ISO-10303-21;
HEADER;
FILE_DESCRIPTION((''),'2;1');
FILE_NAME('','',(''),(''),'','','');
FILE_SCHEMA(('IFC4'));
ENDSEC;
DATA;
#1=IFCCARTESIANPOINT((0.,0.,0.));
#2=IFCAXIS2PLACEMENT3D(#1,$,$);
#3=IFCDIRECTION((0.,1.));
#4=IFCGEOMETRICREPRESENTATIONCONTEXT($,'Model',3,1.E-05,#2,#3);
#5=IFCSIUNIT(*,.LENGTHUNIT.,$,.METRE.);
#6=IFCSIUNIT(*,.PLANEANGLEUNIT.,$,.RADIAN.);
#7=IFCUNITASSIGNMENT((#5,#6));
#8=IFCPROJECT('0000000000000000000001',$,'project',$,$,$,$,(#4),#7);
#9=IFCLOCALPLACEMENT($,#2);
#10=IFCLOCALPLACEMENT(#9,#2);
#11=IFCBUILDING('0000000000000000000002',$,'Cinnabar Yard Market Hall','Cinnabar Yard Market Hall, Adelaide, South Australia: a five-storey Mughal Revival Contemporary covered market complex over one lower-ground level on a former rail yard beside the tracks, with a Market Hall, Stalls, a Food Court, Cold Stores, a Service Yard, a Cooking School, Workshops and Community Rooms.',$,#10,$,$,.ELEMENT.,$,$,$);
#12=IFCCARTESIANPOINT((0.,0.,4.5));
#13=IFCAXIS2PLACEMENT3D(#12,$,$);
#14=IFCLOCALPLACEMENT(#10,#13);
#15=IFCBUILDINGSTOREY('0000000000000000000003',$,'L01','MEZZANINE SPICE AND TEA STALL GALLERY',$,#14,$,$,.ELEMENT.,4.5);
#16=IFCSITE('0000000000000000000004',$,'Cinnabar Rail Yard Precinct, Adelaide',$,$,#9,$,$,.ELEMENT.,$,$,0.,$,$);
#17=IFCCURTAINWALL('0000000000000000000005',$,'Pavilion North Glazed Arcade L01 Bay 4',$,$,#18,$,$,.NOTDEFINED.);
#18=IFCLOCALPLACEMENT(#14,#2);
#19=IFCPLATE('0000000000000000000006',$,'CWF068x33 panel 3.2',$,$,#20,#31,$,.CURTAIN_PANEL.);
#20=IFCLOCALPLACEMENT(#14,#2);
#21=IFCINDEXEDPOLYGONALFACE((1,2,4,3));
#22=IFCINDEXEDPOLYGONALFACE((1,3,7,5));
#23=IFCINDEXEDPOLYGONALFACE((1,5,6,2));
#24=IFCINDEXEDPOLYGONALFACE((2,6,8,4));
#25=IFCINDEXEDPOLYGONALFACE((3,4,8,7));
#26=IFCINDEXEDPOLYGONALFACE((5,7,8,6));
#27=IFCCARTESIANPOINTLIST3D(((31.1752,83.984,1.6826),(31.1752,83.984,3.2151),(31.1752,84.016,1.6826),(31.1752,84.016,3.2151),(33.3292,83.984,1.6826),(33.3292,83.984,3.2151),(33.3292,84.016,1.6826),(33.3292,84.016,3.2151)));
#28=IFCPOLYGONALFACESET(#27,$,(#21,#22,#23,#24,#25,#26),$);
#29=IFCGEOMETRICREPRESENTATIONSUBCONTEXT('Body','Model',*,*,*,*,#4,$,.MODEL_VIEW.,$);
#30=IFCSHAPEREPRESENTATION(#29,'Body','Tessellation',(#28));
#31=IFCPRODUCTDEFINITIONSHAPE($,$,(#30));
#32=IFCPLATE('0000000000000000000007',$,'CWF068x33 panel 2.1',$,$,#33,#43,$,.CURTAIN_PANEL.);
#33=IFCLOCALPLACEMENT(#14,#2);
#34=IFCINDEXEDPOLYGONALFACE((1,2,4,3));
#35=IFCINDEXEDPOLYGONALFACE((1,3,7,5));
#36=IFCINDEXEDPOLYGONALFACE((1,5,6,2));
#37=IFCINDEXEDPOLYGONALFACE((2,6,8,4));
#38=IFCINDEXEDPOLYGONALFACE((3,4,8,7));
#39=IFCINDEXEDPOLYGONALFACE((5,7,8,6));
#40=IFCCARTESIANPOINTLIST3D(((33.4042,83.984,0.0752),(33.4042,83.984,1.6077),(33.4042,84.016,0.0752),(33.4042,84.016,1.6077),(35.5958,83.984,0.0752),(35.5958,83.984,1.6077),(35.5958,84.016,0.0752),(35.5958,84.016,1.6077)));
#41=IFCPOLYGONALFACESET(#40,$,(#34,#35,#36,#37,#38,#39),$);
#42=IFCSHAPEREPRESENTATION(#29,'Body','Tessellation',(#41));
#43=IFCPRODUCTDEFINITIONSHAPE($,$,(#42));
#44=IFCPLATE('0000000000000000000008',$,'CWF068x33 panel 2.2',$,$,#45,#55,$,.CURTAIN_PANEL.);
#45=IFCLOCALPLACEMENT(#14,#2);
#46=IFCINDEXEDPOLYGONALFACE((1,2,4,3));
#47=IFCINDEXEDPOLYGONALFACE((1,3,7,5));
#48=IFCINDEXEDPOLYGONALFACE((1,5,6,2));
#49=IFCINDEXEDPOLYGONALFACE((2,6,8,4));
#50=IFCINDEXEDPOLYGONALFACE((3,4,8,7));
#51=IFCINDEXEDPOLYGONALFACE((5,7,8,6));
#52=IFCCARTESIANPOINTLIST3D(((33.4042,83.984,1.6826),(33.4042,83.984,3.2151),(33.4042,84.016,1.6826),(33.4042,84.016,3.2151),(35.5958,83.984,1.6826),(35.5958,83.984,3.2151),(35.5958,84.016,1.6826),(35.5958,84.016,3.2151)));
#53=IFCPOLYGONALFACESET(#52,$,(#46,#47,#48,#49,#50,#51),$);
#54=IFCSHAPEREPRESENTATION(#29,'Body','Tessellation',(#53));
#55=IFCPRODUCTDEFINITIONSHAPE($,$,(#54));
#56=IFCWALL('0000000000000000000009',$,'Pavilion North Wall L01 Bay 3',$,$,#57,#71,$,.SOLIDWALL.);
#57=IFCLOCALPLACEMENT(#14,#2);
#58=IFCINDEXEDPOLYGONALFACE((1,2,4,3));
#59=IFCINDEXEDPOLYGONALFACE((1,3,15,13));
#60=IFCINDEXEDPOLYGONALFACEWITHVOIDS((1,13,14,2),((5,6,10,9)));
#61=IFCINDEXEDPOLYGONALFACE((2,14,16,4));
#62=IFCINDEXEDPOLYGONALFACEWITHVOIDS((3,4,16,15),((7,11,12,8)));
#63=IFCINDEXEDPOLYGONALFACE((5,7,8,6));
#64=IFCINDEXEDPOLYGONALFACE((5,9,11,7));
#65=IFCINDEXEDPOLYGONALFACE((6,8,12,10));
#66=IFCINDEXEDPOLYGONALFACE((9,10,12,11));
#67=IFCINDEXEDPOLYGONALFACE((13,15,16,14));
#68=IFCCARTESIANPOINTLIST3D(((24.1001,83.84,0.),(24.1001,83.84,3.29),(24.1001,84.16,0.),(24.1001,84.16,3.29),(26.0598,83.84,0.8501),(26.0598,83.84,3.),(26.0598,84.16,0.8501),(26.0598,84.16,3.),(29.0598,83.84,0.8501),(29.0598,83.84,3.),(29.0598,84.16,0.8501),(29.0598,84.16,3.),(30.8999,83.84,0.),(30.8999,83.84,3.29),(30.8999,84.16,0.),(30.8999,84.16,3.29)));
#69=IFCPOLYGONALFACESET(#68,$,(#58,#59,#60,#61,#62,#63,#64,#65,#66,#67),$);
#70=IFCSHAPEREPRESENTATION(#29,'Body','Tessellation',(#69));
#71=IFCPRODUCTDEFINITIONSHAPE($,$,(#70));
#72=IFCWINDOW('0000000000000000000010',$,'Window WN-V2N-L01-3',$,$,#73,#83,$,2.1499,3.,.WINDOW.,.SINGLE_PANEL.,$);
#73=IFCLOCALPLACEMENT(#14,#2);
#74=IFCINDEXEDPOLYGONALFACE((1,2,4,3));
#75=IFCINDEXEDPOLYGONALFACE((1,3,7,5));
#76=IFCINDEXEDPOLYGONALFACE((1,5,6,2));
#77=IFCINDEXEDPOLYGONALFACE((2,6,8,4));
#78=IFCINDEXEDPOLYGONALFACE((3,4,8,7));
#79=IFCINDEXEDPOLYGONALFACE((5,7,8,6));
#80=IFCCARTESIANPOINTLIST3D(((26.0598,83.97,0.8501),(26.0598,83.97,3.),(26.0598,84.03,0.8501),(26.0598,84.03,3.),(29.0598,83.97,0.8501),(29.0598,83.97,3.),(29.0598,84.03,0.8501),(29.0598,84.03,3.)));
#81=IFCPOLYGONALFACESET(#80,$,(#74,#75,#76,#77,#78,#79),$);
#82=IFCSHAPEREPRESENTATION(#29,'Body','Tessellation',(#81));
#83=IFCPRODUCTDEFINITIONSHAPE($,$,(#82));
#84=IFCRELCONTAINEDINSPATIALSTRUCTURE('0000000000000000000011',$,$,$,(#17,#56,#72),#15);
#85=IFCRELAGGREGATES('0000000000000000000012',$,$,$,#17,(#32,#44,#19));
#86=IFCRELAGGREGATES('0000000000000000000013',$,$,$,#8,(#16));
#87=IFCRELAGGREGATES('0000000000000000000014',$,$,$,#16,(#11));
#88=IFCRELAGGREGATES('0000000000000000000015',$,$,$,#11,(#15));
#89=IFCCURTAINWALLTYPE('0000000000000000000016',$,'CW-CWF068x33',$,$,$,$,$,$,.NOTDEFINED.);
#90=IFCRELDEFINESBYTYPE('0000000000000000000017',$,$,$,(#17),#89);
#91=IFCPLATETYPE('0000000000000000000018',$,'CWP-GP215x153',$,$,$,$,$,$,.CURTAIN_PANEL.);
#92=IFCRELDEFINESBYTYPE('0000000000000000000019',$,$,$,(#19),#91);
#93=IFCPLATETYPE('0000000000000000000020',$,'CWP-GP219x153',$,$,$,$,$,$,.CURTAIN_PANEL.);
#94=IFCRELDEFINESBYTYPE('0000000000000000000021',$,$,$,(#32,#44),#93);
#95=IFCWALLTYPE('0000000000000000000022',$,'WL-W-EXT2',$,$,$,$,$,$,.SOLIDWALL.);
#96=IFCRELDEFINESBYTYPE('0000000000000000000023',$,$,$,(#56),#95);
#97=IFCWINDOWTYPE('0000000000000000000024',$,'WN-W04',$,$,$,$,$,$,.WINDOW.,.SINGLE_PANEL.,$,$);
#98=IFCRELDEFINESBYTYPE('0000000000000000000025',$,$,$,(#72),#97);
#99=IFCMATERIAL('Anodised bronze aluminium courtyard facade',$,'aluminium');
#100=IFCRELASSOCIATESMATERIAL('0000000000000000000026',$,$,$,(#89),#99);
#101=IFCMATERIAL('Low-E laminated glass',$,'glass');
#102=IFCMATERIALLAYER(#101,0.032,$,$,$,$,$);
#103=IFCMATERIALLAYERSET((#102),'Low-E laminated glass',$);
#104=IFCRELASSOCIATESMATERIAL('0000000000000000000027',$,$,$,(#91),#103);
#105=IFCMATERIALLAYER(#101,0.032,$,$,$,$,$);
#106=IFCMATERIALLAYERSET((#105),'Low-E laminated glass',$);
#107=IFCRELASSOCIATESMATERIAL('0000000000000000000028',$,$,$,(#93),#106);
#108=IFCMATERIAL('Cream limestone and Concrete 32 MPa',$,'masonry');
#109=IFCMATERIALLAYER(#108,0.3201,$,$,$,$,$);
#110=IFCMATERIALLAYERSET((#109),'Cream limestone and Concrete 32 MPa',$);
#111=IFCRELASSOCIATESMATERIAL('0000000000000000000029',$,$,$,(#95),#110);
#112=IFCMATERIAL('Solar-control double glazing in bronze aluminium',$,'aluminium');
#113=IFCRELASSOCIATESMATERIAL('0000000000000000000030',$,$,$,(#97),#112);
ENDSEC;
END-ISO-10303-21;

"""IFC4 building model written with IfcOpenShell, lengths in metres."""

from ifc_helpers import new_model, si_unit, direction, frame, frame_2d, origin, origin_2d_with_axis, place, context, subcontext, project, spatial, rectangle, extrude, material, layer, layer_set, type_object, element, fill, aggregate, save


model = new_model("IFC4")

# Units and contexts
model_context = context("Model", 3, precision=1e-05, world=origin(), true_north=direction((0.0, 1.0)))
body_context = subcontext(model_context, "Body", "Model", "MODEL_VIEW")
ifc_project = project(units=[si_unit("LENGTHUNIT", "METRE"), si_unit("PLANEANGLEUNIT", "RADIAN")], contexts=[model_context])

# Site, building, storey
site_placement = place(None, origin())
site = spatial("IfcSite", under=ifc_project, at=site_placement, Name="Cinnabar Rail Yard Precinct, Adelaide", CompositionType="ELEMENT", RefElevation=0.0)
building_placement = place(site_placement, origin())
building = spatial("IfcBuilding", under=site, at=building_placement, Name="Cinnabar Yard Market Hall", Description="Cinnabar Yard Market Hall, Adelaide, South Australia: a five-storey Mughal Revival Contemporary covered market complex over one lower-ground level on a former rail yard beside the tracks, with a Market Hall, Stalls, a Food Court, Cold Stores, a Service Yard, a Cooking School, Workshops and Community Rooms.", CompositionType="ELEMENT")
storey_placement = place(building_placement, frame((0.0, 0.0, 4.5)))
storey = spatial("IfcBuildingStorey", under=building, at=storey_placement, Name="L01", Description="MEZZANINE SPICE AND TEA STALL GALLERY", CompositionType="ELEMENT", Elevation=4.5)

# Curtain wall, plates
ifc_material_1 = material(Name="Anodised bronze aluminium courtyard facade", Category="aluminium")
curtain_wall_type = type_object("IfcCurtainWallType", Name="CW-CWF068x33", PredefinedType="NOTDEFINED", material=ifc_material_1)
curtain_wall_placement = place(storey_placement, origin())
curtain_wall = element("IfcCurtainWall", 1, at=curtain_wall_placement, inside=storey, type_object=curtain_wall_type, Name="Pavilion North Glazed Arcade L01 Bay 4", PredefinedType="NOTDEFINED")
ifc_material_2 = material(Name="Low-E laminated glass", Category="glass")
ifc_layer_1 = layer(ifc_material_2, 0.032)
ifc_layer_set_1 = layer_set([ifc_layer_1], Name="Low-E laminated glass")
plate_type_1 = type_object("IfcPlateType", Name="CWP-GP215x153", PredefinedType="CURTAIN_PANEL", material=ifc_layer_set_1)
plate_1_placement = place(storey_placement, frame((32.2522, 84.0, 1.6826), z_axis=(0.0, 0.0, 1.0), x_axis=(-1.0, 0.0, 0.0)))
plate_1 = element("IfcPlate", 2, at=plate_1_placement, type_object=plate_type_1, Name="CWF068x33 panel 3.2", PredefinedType="CURTAIN_PANEL", context=body_context, shape_type="SweptSolid", body=[
    extrude(rectangle(XDim=2.1541, YDim=0.032, at=origin_2d_with_axis()), origin(), (0.0, 0.0, 1.0), 1.5325),
])
ifc_layer_2 = layer(ifc_material_2, 0.032)
ifc_layer_set_2 = layer_set([ifc_layer_2], Name="Low-E laminated glass")
plate_type_2 = type_object("IfcPlateType", Name="CWP-GP219x153", PredefinedType="CURTAIN_PANEL", material=ifc_layer_set_2)
plate_2_placement = place(storey_placement, frame((34.5, 84.0, 0.0752), z_axis=(0.0, 0.0, 1.0), x_axis=(-1.0, 0.0, 0.0)))
plate_2 = element("IfcPlate", 3, at=plate_2_placement, type_object=plate_type_2, Name="CWF068x33 panel 2.1", PredefinedType="CURTAIN_PANEL", context=body_context, shape_type="SweptSolid", body=[
    extrude(rectangle(XDim=2.1917, YDim=0.032, at=origin_2d_with_axis()), origin(), (0.0, 0.0, 1.0), 1.5325),
])
plate_3_placement = place(storey_placement, frame((34.5, 84.0, 1.6826), z_axis=(0.0, 0.0, 1.0), x_axis=(-1.0, 0.0, 0.0)))
plate_3 = element("IfcPlate", 4, at=plate_3_placement, type_object=plate_type_2, Name="CWF068x33 panel 2.2", PredefinedType="CURTAIN_PANEL", context=body_context, shape_type="SweptSolid", body=[
    extrude(rectangle(XDim=2.1917, YDim=0.032, at=origin_2d_with_axis()), origin(), (0.0, 0.0, 1.0), 1.5325),
])
aggregate(curtain_wall, [plate_2, plate_3, plate_1])

# Wall, opening, window
ifc_material_3 = material(Name="Cream limestone and Concrete 32 MPa", Category="masonry")
ifc_layer_3 = layer(ifc_material_3, 0.3201)
ifc_layer_set_3 = layer_set([ifc_layer_3], Name="Cream limestone and Concrete 32 MPa")
wall_type_1 = type_object("IfcWallType", Name="WL-W-EXT2", PredefinedType="SOLIDWALL", material=ifc_layer_set_3)
wall_1_placement = place(storey_placement, frame((30.8999, 84.0, 0.0), z_axis=(0.0, 0.0, 1.0), x_axis=(-1.0, 0.0, 0.0)))
wall_1 = element("IfcWall", 5, at=wall_1_placement, inside=storey, type_object=wall_type_1, Name="Pavilion North Wall L01 Bay 3", PredefinedType="SOLIDWALL", context=body_context, shape_type="SweptSolid", body=[
    extrude(rectangle(XDim=6.7998, YDim=0.3201, at=frame_2d((3.3999, 0.0), x_axis=(1.0, 0.0))), origin(), (0.0, 0.0, 1.0), 3.29),
])
opening_1_placement = place(wall_1_placement, frame((1.8401, 0.0, 0.8501)))
opening_1 = element("IfcOpeningElement", 6, at=opening_1_placement, cuts=wall_1, PredefinedType="OPENING", context=body_context, shape_type="SweptSolid", body=[
    extrude(rectangle(XDim=3.0, YDim=2.1499, at=frame_2d((1.5, 1.075), x_axis=(1.0, 0.0))), frame((0.0, 0.1699, 0.0), z_axis=(0.0, -1.0, 0.0), x_axis=(1.0, 0.0, 0.0)), (0.0, 0.0, 1.0), 0.3401),
])
ifc_material_4 = material(Name="Solar-control double glazing in bronze aluminium", Category="aluminium")
window_type = type_object("IfcWindowType", Name="WN-W04", PartitioningType="SINGLE_PANEL", PredefinedType="WINDOW", material=ifc_material_4)
window_placement = place(opening_1_placement, origin())
window = element("IfcWindow", 7, at=window_placement, inside=storey, type_object=window_type, Name="Window WN-V2N-L01-3", OverallHeight=2.1499, OverallWidth=3.0, PartitioningType="SINGLE_PANEL", PredefinedType="WINDOW", context=body_context, shape_type="SweptSolid", body=[
    extrude(rectangle(XDim=3.0, YDim=2.1499, at=frame_2d((1.5, 1.075), x_axis=(1.0, 0.0))), frame((0.0, 0.03, 0.0), z_axis=(0.0, -1.0, 0.0), x_axis=(1.0, 0.0, 0.0)), (0.0, 0.0, 1.0), 0.0601),
])
fill(opening_1, window)

save(model, "model.ifc")
